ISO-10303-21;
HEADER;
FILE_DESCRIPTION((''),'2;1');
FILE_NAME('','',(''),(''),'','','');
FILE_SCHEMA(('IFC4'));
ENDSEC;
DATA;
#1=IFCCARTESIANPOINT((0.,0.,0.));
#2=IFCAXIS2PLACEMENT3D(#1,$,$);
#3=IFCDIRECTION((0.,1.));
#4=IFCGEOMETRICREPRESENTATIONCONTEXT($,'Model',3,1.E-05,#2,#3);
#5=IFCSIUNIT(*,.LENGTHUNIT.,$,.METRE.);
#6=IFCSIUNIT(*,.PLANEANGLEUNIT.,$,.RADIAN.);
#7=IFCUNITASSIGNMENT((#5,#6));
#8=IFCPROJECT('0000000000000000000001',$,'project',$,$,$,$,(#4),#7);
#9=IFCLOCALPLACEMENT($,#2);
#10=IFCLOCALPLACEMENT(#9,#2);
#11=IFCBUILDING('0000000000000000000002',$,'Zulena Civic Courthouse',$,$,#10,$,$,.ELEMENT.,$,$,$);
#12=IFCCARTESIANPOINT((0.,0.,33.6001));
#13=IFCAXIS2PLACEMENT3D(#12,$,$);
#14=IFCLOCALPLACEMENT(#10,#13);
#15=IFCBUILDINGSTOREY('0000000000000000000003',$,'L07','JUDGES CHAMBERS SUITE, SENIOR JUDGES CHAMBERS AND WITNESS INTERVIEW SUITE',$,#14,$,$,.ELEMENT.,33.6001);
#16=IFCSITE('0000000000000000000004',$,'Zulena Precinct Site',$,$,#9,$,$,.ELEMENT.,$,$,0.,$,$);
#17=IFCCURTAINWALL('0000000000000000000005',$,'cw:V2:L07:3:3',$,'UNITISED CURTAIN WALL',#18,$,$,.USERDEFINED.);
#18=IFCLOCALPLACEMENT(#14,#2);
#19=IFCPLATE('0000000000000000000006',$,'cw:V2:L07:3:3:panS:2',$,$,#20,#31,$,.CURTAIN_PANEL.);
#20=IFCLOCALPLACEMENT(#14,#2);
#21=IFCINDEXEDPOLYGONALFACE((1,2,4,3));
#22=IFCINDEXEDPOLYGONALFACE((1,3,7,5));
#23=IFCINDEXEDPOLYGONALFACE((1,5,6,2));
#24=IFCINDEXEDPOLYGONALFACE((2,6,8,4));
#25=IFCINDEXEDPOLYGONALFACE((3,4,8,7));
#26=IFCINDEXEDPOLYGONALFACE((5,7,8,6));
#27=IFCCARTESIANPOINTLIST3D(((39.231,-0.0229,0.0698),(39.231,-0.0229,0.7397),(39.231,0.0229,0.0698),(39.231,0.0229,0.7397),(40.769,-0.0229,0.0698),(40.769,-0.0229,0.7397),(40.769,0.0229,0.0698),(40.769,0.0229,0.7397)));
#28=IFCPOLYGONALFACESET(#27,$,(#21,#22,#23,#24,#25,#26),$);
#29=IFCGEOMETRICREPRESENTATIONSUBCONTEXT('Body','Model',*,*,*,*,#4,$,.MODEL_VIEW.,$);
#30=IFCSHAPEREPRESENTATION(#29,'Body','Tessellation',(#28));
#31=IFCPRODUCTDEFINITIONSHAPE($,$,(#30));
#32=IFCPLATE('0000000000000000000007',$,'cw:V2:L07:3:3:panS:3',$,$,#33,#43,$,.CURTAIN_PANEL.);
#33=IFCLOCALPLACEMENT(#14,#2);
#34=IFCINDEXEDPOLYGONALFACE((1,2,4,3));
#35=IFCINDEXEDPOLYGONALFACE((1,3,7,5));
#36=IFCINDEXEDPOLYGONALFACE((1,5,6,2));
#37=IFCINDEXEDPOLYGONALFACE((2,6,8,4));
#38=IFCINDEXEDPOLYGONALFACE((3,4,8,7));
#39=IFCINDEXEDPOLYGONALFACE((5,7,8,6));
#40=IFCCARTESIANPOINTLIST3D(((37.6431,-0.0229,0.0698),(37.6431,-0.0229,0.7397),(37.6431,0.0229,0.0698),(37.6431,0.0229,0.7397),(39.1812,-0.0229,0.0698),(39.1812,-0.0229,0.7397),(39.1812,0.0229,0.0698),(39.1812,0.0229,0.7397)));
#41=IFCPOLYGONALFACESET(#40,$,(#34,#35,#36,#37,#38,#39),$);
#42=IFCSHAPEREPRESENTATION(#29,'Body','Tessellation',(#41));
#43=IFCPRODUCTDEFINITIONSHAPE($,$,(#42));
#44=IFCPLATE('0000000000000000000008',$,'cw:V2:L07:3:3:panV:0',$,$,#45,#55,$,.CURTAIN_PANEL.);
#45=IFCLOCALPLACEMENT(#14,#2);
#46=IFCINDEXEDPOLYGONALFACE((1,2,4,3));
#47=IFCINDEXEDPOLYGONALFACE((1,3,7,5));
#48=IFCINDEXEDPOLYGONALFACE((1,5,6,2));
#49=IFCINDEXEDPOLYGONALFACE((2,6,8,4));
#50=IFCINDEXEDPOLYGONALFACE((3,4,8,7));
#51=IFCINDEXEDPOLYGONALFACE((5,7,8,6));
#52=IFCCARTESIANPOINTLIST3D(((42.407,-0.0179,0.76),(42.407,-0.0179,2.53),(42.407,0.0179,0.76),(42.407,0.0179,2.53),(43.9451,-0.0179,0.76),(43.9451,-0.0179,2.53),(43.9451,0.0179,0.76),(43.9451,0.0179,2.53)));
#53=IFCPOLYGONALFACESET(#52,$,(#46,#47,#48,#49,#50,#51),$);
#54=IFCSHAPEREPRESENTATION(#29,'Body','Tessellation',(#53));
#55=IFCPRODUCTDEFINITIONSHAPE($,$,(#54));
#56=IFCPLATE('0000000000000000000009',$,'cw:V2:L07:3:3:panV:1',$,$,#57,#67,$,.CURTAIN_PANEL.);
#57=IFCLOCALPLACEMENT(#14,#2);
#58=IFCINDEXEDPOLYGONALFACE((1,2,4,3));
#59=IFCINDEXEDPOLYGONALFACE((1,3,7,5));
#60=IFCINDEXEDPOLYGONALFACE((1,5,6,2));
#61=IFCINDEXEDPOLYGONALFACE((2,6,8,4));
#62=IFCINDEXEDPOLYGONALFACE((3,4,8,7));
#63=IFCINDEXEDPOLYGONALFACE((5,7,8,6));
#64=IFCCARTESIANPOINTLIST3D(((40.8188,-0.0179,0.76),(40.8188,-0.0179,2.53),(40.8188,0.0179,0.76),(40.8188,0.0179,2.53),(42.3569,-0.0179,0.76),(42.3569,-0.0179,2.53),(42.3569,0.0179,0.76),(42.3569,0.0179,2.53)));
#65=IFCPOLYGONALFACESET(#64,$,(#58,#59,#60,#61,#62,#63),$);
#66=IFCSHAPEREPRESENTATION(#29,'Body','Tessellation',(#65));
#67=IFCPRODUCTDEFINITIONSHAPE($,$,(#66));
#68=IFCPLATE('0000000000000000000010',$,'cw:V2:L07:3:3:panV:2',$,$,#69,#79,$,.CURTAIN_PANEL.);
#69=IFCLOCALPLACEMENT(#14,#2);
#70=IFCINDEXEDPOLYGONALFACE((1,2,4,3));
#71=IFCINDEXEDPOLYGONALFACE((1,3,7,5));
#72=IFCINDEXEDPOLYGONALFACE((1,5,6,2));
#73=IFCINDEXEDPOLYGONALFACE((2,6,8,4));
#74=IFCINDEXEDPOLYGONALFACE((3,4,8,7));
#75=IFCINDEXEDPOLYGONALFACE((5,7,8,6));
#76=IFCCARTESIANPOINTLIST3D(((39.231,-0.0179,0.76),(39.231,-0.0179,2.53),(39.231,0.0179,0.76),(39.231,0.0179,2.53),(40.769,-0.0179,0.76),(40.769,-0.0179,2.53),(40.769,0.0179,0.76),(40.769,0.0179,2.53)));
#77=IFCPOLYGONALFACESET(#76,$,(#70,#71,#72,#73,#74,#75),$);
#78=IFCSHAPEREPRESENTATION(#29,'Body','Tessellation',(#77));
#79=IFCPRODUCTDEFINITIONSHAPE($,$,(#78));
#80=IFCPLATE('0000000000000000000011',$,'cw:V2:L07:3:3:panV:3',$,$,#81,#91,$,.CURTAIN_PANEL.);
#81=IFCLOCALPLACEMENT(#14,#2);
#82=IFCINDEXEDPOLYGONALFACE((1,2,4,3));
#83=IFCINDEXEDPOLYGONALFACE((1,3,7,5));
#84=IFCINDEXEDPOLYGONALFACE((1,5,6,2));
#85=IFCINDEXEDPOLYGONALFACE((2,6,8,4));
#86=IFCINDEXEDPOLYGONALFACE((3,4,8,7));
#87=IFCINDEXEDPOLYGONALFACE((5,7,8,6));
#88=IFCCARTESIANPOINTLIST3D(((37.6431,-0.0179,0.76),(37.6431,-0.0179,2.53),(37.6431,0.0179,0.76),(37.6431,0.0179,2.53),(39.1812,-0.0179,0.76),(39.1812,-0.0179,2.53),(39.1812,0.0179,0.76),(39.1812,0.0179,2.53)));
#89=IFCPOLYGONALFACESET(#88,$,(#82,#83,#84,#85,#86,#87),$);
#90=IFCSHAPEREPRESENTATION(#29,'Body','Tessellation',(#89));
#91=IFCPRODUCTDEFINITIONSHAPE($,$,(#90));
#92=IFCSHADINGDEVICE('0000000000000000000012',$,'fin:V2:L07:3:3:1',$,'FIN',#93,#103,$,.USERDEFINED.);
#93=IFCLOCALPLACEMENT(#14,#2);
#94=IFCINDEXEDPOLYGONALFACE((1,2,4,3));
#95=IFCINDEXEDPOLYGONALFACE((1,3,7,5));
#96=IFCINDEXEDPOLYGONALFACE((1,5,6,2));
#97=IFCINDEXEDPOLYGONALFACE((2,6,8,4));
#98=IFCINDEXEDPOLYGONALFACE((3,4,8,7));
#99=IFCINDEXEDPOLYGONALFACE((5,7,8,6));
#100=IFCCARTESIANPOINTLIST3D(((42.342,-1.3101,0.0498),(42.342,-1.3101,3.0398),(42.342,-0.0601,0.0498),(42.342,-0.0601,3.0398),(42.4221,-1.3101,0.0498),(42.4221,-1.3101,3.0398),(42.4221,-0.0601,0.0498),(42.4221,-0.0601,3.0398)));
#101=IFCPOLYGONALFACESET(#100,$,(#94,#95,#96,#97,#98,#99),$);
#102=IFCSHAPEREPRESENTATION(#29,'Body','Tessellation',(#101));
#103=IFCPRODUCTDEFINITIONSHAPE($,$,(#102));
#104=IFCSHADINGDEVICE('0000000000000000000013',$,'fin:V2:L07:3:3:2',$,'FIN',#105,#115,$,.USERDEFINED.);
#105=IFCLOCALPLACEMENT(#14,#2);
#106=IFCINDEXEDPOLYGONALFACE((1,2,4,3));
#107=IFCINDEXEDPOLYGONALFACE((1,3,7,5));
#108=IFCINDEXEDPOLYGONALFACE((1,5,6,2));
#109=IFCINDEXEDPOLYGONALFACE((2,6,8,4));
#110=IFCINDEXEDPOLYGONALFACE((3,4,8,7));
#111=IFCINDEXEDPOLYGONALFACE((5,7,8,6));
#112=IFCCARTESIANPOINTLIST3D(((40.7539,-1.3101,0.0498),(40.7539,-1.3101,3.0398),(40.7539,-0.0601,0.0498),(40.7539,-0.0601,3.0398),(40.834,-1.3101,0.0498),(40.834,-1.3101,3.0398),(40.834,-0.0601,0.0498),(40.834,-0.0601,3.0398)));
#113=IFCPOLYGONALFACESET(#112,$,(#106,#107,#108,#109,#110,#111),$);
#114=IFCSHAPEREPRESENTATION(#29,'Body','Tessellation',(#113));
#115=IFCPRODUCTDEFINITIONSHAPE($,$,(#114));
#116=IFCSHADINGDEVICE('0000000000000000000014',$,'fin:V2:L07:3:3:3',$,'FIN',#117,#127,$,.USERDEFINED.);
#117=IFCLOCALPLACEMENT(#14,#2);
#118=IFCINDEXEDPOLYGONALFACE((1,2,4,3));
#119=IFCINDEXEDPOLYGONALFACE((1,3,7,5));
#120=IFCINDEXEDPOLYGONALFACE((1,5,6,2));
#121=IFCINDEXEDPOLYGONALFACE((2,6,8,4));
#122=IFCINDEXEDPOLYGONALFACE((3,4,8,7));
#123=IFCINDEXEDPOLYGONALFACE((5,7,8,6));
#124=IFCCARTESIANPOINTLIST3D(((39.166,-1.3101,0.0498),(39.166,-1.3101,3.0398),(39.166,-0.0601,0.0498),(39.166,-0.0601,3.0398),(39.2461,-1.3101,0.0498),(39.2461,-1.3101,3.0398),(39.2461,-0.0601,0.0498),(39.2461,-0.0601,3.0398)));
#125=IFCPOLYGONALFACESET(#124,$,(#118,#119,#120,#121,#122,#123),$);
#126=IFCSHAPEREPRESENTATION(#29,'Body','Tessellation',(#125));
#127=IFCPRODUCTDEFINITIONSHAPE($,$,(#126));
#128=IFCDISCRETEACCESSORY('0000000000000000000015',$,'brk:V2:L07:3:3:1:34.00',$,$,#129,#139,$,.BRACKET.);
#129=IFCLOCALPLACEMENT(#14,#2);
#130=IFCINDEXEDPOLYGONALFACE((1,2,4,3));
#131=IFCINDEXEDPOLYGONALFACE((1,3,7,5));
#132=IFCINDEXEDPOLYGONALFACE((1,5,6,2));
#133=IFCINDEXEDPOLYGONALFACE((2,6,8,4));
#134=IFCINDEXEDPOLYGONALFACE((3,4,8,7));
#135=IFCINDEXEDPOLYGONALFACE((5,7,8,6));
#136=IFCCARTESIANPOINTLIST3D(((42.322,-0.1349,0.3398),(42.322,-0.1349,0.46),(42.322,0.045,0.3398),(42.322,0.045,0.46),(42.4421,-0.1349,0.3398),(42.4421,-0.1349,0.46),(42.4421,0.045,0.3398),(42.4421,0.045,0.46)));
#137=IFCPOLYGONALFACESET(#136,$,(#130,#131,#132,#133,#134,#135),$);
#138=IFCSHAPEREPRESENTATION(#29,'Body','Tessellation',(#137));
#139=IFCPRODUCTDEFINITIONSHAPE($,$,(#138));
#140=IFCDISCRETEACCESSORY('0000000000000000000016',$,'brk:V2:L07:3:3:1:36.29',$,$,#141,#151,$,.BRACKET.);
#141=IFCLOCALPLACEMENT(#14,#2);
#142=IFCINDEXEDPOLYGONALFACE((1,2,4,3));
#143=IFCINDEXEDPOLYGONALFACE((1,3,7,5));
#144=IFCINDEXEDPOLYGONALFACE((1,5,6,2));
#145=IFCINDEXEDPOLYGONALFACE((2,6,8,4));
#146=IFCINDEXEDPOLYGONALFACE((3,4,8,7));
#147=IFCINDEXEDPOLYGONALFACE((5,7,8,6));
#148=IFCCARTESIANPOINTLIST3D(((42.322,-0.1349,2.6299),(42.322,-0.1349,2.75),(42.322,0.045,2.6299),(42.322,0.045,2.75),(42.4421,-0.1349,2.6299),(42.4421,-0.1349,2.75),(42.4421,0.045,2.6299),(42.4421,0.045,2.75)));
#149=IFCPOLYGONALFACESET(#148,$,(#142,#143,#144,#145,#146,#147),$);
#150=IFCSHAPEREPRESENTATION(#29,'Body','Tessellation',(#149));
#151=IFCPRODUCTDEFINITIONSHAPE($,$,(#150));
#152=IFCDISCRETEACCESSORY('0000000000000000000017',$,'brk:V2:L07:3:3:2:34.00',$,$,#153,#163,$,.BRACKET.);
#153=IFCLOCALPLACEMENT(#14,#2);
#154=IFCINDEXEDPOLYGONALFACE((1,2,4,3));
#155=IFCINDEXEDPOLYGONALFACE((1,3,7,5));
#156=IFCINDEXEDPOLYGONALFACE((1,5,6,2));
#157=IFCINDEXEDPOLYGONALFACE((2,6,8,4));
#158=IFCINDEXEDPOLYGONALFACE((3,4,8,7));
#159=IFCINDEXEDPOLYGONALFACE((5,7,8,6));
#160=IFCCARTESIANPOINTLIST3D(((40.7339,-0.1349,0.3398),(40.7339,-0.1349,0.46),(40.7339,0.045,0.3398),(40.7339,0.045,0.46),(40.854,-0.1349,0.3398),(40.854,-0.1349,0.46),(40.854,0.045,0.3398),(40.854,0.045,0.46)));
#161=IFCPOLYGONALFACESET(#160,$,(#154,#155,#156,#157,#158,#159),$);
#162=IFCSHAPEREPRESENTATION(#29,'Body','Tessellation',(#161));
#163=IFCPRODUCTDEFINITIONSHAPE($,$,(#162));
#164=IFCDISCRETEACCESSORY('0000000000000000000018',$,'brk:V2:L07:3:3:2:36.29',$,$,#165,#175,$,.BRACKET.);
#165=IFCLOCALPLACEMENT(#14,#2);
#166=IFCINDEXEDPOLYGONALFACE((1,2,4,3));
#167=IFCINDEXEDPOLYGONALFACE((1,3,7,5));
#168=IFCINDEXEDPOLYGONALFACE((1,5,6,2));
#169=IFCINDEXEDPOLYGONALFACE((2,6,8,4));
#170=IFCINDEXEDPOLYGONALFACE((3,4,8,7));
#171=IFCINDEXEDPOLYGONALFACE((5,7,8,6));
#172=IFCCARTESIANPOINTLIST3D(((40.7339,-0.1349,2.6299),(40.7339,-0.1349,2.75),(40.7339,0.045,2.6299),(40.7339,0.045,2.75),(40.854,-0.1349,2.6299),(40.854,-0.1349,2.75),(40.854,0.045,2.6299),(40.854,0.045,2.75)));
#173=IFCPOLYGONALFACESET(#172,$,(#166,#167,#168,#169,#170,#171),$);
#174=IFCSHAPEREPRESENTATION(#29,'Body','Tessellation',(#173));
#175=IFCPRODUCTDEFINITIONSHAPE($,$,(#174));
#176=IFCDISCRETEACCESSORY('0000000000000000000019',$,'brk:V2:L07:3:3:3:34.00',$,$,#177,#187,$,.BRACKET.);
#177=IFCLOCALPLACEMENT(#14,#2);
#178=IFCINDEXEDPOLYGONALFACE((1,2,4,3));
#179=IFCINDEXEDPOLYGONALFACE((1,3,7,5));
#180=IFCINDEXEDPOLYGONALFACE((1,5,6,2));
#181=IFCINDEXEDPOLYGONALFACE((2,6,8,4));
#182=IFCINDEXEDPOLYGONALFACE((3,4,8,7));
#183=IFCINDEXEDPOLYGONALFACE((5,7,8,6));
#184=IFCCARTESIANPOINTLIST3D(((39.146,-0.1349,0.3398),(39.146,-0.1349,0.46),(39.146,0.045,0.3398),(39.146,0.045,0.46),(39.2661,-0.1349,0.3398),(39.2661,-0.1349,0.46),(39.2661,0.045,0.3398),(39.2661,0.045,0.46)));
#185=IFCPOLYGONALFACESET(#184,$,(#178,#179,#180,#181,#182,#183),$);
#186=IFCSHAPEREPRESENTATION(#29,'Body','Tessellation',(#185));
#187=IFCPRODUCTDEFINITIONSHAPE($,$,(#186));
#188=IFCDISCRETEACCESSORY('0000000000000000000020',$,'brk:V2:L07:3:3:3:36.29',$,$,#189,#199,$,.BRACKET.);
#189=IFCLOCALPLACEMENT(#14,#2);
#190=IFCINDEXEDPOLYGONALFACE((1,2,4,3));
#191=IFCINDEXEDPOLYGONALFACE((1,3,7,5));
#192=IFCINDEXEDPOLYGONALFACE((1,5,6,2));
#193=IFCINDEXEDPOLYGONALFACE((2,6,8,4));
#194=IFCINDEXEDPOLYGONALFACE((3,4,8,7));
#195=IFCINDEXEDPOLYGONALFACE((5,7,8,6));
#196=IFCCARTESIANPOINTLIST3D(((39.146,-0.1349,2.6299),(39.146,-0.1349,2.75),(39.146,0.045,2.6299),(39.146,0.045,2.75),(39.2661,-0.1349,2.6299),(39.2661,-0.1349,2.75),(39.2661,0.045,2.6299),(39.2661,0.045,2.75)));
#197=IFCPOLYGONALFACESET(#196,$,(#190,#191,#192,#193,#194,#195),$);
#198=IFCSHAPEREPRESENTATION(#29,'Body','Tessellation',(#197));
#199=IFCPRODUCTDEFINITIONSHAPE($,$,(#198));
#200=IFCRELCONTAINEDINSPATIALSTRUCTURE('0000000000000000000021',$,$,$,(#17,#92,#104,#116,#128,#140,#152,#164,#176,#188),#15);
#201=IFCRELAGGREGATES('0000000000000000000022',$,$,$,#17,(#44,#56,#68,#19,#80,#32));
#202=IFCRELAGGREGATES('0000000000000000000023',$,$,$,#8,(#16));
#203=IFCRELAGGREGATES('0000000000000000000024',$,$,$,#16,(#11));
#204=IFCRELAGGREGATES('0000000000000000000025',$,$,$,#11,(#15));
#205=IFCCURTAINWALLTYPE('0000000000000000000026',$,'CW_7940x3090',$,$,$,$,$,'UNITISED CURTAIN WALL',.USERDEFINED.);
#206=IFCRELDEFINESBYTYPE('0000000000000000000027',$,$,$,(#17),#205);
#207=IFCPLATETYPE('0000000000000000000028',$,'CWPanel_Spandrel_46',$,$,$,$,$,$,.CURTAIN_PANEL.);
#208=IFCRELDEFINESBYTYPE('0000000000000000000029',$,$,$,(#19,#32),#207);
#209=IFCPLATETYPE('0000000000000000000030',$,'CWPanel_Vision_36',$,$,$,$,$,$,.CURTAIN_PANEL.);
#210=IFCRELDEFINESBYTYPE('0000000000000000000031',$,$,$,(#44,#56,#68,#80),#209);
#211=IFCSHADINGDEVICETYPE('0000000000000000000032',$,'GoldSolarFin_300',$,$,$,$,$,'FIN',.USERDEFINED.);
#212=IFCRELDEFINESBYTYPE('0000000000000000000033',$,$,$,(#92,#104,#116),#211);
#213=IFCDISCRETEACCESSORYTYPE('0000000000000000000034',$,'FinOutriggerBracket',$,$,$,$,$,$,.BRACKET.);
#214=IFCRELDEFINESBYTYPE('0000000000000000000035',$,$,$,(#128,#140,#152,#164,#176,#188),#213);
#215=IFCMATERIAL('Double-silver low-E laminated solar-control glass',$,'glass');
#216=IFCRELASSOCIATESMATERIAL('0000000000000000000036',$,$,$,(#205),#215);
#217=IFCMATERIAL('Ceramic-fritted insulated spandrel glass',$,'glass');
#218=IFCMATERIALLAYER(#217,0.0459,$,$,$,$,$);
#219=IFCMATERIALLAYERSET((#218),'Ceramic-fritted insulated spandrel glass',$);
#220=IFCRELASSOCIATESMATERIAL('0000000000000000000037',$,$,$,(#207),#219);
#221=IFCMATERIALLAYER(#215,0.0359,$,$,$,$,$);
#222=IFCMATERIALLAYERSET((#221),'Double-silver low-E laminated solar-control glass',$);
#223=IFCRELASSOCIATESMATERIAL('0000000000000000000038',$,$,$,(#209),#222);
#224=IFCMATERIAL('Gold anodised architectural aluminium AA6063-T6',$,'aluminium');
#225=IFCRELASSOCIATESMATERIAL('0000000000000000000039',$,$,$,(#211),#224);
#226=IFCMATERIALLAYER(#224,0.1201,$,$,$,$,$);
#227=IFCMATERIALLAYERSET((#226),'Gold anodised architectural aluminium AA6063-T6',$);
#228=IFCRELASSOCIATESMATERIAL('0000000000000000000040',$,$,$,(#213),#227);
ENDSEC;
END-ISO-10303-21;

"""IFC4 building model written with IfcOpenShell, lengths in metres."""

from ifc_helpers import new_model, si_unit, direction, frame, origin, origin_2d, place, context, subcontext, project, spatial, rectangle, extrude, material, layer, layer_set, type_object, element, aggregate, save


model = new_model("IFC4")

# Units and contexts
model_context = context("Model", 3, precision=1e-05, world=origin(), true_north=direction((0.0, 1.0)))
body_context = subcontext(model_context, "Body", "Model", "MODEL_VIEW")
ifc_project = project(units=[si_unit("LENGTHUNIT", "METRE"), si_unit("PLANEANGLEUNIT", "RADIAN")], contexts=[model_context])

# Site, building, storey
site_placement = place(None, origin())
site = spatial("IfcSite", under=ifc_project, at=site_placement, Name="Zulena Precinct Site", CompositionType="ELEMENT", RefElevation=0.0)
building_placement = place(site_placement, origin())
building = spatial("IfcBuilding", under=site, at=building_placement, Name="Zulena Civic Courthouse", CompositionType="ELEMENT")
storey_placement = place(building_placement, frame((0.0, 0.0, 33.6001)))
storey = spatial("IfcBuildingStorey", under=building, at=storey_placement, Name="L07", Description="JUDGES CHAMBERS SUITE, SENIOR JUDGES CHAMBERS AND WITNESS INTERVIEW SUITE", CompositionType="ELEMENT", Elevation=33.6001)

# Curtain wall
ifc_material_1 = material(Name="Double-silver low-E laminated solar-control glass", Category="glass")
curtain_wall_type = type_object("IfcCurtainWallType", Name="CW_7940x3090", ElementType="UNITISED CURTAIN WALL", PredefinedType="USERDEFINED", material=ifc_material_1)
curtain_wall_placement = place(storey_placement, origin())
curtain_wall = element("IfcCurtainWall", 1, at=curtain_wall_placement, inside=storey, type_object=curtain_wall_type, Name="cw:V2:L07:3:3", ObjectType="UNITISED CURTAIN WALL", PredefinedType="USERDEFINED")

# Plates
ifc_material_2 = material(Name="Ceramic-fritted insulated spandrel glass", Category="glass")
ifc_layer_1 = layer(ifc_material_2, 0.0459)
ifc_layer_set_1 = layer_set([ifc_layer_1], Name="Ceramic-fritted insulated spandrel glass")
plate_type_1 = type_object("IfcPlateType", Name="CWPanel_Spandrel_46", PredefinedType="CURTAIN_PANEL", material=ifc_layer_set_1)
plate_1_placement = place(storey_placement, frame((40.0, 0.0, 0.0698), z_axis=(0.0, 0.0, 1.0), x_axis=(-1.0, 0.0, 0.0)))
plate_1 = element("IfcPlate", 2, at=plate_1_placement, type_object=plate_type_1, Name="cw:V2:L07:3:3:panS:2", PredefinedType="CURTAIN_PANEL", context=body_context, shape_type="SweptSolid", body=[
    extrude(rectangle(XDim=1.5381, YDim=0.0459, at=origin_2d()), origin(), (0.0, 0.0, 1.0), 0.6699),
])
plate_2_placement = place(storey_placement, frame((38.4121, 0.0, 0.0698), z_axis=(0.0, 0.0, 1.0), x_axis=(-1.0, 0.0, 0.0)))
plate_2 = element("IfcPlate", 3, at=plate_2_placement, type_object=plate_type_1, Name="cw:V2:L07:3:3:panS:3", PredefinedType="CURTAIN_PANEL", context=body_context, shape_type="SweptSolid", body=[
    extrude(rectangle(XDim=1.5381, YDim=0.0459, at=origin_2d()), origin(), (0.0, 0.0, 1.0), 0.6699),
])
ifc_layer_2 = layer(ifc_material_1, 0.0359)
ifc_layer_set_2 = layer_set([ifc_layer_2], Name="Double-silver low-E laminated solar-control glass")
plate_type_2 = type_object("IfcPlateType", Name="CWPanel_Vision_36", PredefinedType="CURTAIN_PANEL", material=ifc_layer_set_2)
plate_3_placement = place(storey_placement, frame((43.176, 0.0, 0.76), z_axis=(0.0, 0.0, 1.0), x_axis=(-1.0, 0.0, 0.0)))
plate_3 = element("IfcPlate", 4, at=plate_3_placement, type_object=plate_type_2, Name="cw:V2:L07:3:3:panV:0", PredefinedType="CURTAIN_PANEL", context=body_context, shape_type="SweptSolid", body=[
    extrude(rectangle(XDim=1.5381, YDim=0.0359, at=origin_2d()), origin(), (0.0, 0.0, 1.0), 1.77),
])
plate_4_placement = place(storey_placement, frame((41.5879, 0.0, 0.76), z_axis=(0.0, 0.0, 1.0), x_axis=(-1.0, 0.0, 0.0)))
plate_4 = element("IfcPlate", 5, at=plate_4_placement, type_object=plate_type_2, Name="cw:V2:L07:3:3:panV:1", PredefinedType="CURTAIN_PANEL", context=body_context, shape_type="SweptSolid", body=[
    extrude(rectangle(XDim=1.5381, YDim=0.0359, at=origin_2d()), origin(), (0.0, 0.0, 1.0), 1.77),
])
plate_5_placement = place(storey_placement, frame((40.0, 0.0, 0.76), z_axis=(0.0, 0.0, 1.0), x_axis=(-1.0, 0.0, 0.0)))
plate_5 = element("IfcPlate", 6, at=plate_5_placement, type_object=plate_type_2, Name="cw:V2:L07:3:3:panV:2", PredefinedType="CURTAIN_PANEL", context=body_context, shape_type="SweptSolid", body=[
    extrude(rectangle(XDim=1.5381, YDim=0.0359, at=origin_2d()), origin(), (0.0, 0.0, 1.0), 1.77),
])
plate_6_placement = place(storey_placement, frame((38.4121, 0.0, 0.76), z_axis=(0.0, 0.0, 1.0), x_axis=(-1.0, 0.0, 0.0)))
plate_6 = element("IfcPlate", 7, at=plate_6_placement, type_object=plate_type_2, Name="cw:V2:L07:3:3:panV:3", PredefinedType="CURTAIN_PANEL", context=body_context, shape_type="SweptSolid", body=[
    extrude(rectangle(XDim=1.5381, YDim=0.0359, at=origin_2d()), origin(), (0.0, 0.0, 1.0), 1.77),
])
aggregate(curtain_wall, [plate_3, plate_4, plate_5, plate_1, plate_6, plate_2])

# Shading devices
ifc_material_3 = material(Name="Gold anodised architectural aluminium AA6063-T6", Category="aluminium")
shading_device_type = type_object("IfcShadingDeviceType", Name="GoldSolarFin_300", ElementType="FIN", PredefinedType="USERDEFINED", material=ifc_material_3)
for number, where, z_axis, x_axis, name in (
    (8, (42.3821, -0.6851, 0.0498), (0.0, 0.0, 1.0), (0.0, -1.0, 0.0), "fin:V2:L07:3:3:1"),
    (9, (40.7939, -0.6851, 0.0498), (0.0, 0.0, 1.0), (0.0, -1.0, 0.0), "fin:V2:L07:3:3:2"),
    (10, (39.2061, -0.6851, 0.0498), (0.0, 0.0, 1.0), (0.0, -1.0, 0.0), "fin:V2:L07:3:3:3"),
):
    element("IfcShadingDevice", number, at=place(storey_placement, frame(where, z_axis=z_axis, x_axis=x_axis)), inside=storey, type_object=shading_device_type, Name=name, ObjectType="FIN", PredefinedType="USERDEFINED", context=body_context, shape_type="SweptSolid", body=[
        extrude(rectangle(XDim=1.25, YDim=0.0801, at=origin_2d()), origin(), (0.0, 0.0, 1.0), 2.99),
    ])

# Discrete accessories
ifc_layer_3 = layer(ifc_material_3, 0.1201)
ifc_layer_set_3 = layer_set([ifc_layer_3], Name="Gold anodised architectural aluminium AA6063-T6")
discrete_accessory_type = type_object("IfcDiscreteAccessoryType", Name="FinOutriggerBracket", PredefinedType="BRACKET", material=ifc_layer_set_3)
for number, where, z_axis, x_axis, name in (
    (11, (42.3821, -0.0449, 0.3398), (0.0, 0.0, 1.0), (0.0, -1.0, 0.0), "brk:V2:L07:3:3:1:34.00"),
    (12, (42.3821, -0.0449, 2.6299), (0.0, 0.0, 1.0), (0.0, -1.0, 0.0), "brk:V2:L07:3:3:1:36.29"),
    (13, (40.7939, -0.0449, 0.3398), (0.0, 0.0, 1.0), (0.0, -1.0, 0.0), "brk:V2:L07:3:3:2:34.00"),
    (14, (40.7939, -0.0449, 2.6299), (0.0, 0.0, 1.0), (0.0, -1.0, 0.0), "brk:V2:L07:3:3:2:36.29"),
    (15, (39.2061, -0.0449, 0.3398), (0.0, 0.0, 1.0), (0.0, -1.0, 0.0), "brk:V2:L07:3:3:3:34.00"),
    (16, (39.2061, -0.0449, 2.6299), (0.0, 0.0, 1.0), (0.0, -1.0, 0.0), "brk:V2:L07:3:3:3:36.29"),
):
    element("IfcDiscreteAccessory", number, at=place(storey_placement, frame(where, z_axis=z_axis, x_axis=x_axis)), inside=storey, type_object=discrete_accessory_type, Name=name, PredefinedType="BRACKET", context=body_context, shape_type="SweptSolid", body=[
        extrude(rectangle(XDim=0.1799, YDim=0.1201, at=origin_2d()), origin(), (0.0, 0.0, 1.0), 0.1201),
    ])

save(model, "model.ifc")
